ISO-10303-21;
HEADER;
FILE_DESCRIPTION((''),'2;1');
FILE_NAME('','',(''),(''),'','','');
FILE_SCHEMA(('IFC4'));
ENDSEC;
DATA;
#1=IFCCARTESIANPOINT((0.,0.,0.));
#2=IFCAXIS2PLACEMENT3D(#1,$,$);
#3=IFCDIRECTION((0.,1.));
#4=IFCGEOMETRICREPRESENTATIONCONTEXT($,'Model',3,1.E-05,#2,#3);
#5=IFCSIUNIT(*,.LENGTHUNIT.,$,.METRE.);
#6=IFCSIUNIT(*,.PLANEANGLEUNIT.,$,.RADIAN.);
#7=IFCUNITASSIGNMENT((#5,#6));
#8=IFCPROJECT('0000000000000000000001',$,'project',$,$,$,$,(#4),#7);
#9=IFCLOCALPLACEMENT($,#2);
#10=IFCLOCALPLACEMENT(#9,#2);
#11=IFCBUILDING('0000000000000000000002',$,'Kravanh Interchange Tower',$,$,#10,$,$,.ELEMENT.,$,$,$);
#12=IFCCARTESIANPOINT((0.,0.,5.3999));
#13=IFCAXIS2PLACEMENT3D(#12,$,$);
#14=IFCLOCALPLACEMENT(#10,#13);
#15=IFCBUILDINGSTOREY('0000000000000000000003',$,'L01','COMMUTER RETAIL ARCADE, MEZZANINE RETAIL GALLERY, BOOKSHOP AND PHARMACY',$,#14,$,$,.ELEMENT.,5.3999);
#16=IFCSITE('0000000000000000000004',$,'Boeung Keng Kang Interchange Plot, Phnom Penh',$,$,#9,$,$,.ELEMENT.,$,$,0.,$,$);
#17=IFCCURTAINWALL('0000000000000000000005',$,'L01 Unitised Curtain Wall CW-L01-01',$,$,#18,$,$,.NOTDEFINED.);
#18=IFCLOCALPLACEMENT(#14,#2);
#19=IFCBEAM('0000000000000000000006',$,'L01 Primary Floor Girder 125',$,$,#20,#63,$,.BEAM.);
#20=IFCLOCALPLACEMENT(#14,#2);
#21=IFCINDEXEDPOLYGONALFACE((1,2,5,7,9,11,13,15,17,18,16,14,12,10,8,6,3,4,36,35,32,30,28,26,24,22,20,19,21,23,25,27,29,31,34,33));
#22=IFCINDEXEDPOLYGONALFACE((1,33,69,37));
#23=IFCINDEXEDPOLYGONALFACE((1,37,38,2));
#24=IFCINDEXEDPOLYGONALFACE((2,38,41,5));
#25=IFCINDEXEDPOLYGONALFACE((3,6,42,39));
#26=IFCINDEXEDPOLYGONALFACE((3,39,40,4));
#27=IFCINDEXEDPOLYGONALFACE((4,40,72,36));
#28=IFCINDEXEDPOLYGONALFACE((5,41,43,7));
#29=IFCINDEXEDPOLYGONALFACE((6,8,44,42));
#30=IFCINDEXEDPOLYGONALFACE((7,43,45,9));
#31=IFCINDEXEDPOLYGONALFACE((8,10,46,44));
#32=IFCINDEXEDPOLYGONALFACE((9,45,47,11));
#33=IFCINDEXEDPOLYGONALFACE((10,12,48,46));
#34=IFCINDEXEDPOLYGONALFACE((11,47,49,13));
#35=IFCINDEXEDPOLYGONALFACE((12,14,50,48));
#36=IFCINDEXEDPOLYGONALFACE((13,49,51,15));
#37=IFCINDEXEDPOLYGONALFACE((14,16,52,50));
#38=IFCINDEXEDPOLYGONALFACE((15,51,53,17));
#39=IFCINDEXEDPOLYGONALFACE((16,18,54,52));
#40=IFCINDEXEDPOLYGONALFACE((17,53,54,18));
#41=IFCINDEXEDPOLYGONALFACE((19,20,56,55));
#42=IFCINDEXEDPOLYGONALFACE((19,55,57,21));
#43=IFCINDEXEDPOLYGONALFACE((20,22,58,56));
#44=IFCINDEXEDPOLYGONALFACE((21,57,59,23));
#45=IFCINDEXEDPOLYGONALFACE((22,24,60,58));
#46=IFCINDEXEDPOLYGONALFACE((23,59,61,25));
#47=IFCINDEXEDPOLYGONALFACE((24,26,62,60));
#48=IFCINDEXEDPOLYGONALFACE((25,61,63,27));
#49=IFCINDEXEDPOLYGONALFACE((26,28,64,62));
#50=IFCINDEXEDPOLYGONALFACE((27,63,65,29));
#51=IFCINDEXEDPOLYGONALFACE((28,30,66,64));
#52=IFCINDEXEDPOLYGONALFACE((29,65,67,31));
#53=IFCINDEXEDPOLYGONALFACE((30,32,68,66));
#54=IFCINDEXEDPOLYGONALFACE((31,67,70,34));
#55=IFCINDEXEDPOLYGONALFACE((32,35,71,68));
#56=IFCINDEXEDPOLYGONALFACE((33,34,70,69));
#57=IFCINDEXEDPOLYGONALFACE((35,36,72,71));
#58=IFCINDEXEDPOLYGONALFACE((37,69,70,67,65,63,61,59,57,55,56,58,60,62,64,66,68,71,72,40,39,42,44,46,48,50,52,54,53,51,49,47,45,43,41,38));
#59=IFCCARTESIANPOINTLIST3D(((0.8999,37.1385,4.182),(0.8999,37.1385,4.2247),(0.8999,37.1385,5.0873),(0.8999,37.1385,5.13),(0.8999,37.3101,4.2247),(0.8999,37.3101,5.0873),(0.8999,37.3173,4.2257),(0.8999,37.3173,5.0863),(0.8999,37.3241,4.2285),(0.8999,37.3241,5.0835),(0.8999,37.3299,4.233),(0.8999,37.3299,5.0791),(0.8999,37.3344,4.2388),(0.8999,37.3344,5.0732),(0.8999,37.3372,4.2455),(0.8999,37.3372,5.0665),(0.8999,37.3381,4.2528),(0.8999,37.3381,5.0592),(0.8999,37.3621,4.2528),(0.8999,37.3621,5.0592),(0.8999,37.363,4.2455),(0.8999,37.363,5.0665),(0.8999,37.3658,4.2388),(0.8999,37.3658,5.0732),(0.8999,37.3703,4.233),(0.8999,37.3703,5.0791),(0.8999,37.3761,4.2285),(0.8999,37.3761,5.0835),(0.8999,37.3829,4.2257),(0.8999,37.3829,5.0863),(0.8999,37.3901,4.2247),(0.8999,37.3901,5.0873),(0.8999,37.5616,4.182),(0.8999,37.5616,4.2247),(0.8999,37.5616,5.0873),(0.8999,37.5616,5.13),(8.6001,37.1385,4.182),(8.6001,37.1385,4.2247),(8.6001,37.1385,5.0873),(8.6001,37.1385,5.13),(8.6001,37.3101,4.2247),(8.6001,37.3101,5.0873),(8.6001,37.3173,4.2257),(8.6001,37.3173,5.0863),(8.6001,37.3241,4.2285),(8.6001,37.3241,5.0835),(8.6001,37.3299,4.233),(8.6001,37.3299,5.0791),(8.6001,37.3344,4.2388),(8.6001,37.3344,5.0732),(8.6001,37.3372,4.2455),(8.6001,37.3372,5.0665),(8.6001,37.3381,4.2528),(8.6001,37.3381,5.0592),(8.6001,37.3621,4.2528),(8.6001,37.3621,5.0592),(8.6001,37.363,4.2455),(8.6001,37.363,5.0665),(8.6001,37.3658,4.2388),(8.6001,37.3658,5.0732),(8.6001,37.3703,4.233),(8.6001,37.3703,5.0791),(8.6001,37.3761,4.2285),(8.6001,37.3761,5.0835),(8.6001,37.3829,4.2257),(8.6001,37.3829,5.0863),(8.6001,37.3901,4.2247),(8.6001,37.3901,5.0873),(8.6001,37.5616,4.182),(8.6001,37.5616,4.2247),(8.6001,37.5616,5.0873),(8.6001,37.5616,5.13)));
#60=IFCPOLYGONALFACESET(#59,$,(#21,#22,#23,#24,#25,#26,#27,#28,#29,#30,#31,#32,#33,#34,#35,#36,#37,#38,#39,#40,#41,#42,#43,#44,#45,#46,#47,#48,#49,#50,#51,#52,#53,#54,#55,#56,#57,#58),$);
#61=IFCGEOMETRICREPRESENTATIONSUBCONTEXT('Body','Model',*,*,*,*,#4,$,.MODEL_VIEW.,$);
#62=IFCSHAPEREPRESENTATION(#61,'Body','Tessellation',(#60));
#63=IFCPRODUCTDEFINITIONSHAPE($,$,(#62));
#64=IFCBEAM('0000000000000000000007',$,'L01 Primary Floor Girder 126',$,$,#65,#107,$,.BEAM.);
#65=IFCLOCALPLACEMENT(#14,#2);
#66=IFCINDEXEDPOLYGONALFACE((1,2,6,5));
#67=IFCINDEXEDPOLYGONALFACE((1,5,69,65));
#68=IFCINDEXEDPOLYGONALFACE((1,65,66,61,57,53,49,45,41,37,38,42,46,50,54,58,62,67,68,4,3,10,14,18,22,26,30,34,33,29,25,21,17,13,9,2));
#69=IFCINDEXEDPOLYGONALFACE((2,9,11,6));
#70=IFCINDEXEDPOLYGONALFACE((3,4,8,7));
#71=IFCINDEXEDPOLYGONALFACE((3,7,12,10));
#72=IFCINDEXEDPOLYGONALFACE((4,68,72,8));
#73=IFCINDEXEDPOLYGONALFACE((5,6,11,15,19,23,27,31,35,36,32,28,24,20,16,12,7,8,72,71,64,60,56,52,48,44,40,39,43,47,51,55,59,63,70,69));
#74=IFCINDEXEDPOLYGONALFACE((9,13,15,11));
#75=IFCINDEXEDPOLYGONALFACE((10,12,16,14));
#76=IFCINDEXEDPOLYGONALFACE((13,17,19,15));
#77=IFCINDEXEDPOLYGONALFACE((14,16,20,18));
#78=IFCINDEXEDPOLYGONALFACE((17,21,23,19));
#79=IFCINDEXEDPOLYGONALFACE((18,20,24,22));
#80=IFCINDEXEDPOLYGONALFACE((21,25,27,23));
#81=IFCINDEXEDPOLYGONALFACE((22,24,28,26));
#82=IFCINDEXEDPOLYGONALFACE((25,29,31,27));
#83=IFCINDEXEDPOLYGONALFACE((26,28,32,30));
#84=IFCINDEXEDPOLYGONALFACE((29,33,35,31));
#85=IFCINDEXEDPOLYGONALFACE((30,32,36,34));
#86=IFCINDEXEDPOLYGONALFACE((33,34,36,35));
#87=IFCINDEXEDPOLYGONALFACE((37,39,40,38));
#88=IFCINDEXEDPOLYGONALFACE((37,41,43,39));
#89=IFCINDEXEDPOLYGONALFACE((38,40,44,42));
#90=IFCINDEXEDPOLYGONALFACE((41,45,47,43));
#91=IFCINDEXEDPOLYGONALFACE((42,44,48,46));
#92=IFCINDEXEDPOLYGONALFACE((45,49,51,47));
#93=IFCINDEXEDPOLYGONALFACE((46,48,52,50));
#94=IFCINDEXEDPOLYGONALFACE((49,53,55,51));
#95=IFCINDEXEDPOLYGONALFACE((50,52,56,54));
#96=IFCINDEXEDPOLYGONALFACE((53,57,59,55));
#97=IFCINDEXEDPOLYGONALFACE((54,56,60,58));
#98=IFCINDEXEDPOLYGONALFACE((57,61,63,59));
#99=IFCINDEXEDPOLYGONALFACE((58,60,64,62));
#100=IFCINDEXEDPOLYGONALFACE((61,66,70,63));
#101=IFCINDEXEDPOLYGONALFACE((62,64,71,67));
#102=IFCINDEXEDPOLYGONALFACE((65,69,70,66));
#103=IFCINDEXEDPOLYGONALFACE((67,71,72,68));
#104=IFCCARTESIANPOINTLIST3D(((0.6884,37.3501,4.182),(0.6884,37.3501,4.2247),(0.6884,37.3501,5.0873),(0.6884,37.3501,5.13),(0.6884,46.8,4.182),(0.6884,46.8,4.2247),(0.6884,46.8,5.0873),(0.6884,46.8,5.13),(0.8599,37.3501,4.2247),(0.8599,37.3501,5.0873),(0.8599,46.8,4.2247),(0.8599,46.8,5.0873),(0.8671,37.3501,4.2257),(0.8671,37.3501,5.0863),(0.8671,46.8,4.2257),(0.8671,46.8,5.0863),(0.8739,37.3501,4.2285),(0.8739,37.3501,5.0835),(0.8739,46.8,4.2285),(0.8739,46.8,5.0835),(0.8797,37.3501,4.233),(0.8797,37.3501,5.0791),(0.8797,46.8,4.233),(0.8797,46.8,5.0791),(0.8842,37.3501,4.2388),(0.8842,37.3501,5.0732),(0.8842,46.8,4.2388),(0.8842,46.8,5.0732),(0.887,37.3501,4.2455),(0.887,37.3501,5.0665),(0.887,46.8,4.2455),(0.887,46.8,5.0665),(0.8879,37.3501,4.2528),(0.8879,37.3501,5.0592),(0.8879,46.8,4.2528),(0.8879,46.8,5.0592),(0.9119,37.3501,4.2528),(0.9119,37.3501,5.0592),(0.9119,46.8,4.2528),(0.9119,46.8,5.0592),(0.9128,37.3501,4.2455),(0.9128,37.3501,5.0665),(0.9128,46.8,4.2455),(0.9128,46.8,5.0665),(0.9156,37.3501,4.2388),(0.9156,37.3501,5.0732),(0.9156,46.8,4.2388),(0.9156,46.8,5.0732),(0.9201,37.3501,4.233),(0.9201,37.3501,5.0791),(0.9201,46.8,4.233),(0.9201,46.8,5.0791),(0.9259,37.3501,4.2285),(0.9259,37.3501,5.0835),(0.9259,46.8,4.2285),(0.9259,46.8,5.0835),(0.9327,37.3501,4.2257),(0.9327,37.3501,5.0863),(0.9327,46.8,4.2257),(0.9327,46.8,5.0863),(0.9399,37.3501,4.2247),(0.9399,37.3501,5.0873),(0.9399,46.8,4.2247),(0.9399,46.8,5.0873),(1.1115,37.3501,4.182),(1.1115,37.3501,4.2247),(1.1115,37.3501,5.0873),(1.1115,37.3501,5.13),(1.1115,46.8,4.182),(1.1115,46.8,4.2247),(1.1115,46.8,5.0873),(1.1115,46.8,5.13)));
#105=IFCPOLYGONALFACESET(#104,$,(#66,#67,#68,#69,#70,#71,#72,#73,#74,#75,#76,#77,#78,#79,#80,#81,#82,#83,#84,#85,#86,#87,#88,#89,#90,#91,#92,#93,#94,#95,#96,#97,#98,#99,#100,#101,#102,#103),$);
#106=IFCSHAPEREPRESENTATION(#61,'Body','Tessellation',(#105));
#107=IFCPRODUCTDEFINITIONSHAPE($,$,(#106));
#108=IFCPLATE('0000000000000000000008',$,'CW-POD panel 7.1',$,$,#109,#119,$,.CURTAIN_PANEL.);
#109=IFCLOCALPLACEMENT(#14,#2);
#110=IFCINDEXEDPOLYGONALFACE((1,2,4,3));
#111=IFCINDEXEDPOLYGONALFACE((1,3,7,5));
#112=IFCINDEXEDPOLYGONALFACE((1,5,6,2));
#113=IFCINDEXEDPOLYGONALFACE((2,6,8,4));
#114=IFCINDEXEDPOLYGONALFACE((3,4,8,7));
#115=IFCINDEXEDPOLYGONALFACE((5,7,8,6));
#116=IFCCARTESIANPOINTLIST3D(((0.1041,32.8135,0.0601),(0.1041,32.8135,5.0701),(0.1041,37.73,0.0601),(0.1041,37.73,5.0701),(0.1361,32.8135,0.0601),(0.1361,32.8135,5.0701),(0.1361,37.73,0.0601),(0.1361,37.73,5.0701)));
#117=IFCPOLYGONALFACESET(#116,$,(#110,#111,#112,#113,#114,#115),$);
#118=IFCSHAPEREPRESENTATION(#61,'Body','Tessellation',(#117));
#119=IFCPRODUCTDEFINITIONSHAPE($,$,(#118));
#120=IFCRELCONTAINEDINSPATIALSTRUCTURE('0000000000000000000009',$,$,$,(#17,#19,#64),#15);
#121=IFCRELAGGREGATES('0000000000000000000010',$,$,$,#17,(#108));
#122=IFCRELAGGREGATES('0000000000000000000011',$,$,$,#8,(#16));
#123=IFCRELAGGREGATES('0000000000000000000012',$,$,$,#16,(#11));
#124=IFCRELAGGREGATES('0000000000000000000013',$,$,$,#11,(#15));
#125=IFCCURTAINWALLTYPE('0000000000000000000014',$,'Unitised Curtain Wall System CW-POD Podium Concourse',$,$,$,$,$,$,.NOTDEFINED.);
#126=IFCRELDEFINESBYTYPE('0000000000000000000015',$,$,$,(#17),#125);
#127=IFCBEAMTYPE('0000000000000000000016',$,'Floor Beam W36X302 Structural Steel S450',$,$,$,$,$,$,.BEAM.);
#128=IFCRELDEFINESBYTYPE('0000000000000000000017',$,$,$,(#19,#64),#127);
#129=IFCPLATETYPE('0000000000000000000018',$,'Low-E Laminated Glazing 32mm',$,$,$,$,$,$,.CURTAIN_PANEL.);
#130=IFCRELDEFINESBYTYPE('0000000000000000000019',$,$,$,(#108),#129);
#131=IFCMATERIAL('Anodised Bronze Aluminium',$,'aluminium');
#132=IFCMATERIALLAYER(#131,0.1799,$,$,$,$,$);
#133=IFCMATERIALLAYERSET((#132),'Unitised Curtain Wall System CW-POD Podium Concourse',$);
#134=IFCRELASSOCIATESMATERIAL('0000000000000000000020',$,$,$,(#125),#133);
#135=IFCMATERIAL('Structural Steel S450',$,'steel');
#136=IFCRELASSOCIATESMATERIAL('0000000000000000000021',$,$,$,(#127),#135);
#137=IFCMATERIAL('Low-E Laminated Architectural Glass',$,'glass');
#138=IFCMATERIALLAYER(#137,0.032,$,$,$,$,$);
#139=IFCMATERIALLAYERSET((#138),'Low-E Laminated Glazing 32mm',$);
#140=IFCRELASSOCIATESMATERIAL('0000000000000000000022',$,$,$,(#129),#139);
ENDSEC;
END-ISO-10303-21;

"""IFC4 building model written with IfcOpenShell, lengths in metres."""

from ifc_helpers import new_model, si_unit, direction, frame, origin, origin_2d, place, context, subcontext, project, spatial, rectangle, i_section, extrude, material, layer, layer_set, material_profile, profile_set, type_object, element, aggregate, save


model = new_model("IFC4")

# Units and contexts
model_context = context("Model", 3, precision=1e-05, world=origin(), true_north=direction((0.0, 1.0)))
body_context = subcontext(model_context, "Body", "Model", "MODEL_VIEW")
ifc_project = project(units=[si_unit("LENGTHUNIT", "METRE"), si_unit("PLANEANGLEUNIT", "RADIAN")], contexts=[model_context])

# Site, building, storey
site_placement = place(None, origin())
site = spatial("IfcSite", under=ifc_project, at=site_placement, Name="Boeung Keng Kang Interchange Plot, Phnom Penh", CompositionType="ELEMENT", RefElevation=0.0)
building_placement = place(site_placement, origin())
building = spatial("IfcBuilding", under=site, at=building_placement, Name="Kravanh Interchange Tower", CompositionType="ELEMENT")
storey_placement = place(building_placement, frame((0.0, 0.0, 5.3999)))
storey = spatial("IfcBuildingStorey", under=building, at=storey_placement, Name="L01", Description="COMMUTER RETAIL ARCADE, MEZZANINE RETAIL GALLERY, BOOKSHOP AND PHARMACY", CompositionType="ELEMENT", Elevation=5.3999)

# Curtain wall
ifc_material_1 = material(Name="Anodised Bronze Aluminium", Category="aluminium")
ifc_layer_1 = layer(ifc_material_1, 0.1799)
ifc_layer_set_1 = layer_set([ifc_layer_1], Name="Unitised Curtain Wall System CW-POD Podium Concourse")
curtain_wall_type = type_object("IfcCurtainWallType", Name="Unitised Curtain Wall System CW-POD Podium Concourse", PredefinedType="NOTDEFINED", material=ifc_layer_set_1)
curtain_wall_placement = place(storey_placement, origin())
curtain_wall = element("IfcCurtainWall", 1, at=curtain_wall_placement, inside=storey, type_object=curtain_wall_type, Name="L01 Unitised Curtain Wall CW-L01-01", PredefinedType="NOTDEFINED")

# Beams
ifc_material_2 = material(Name="Structural Steel S450", Category="steel")
ifc_material_profile_1 = material_profile(ifc_material_2, i_section(OverallWidth=0.4231, OverallDepth=0.948, WebThickness=0.0239, FlangeThickness=0.0427, FilletRadius=0.0281, at=origin_2d()), Name="W36X302")
ifc_profile_set_1 = profile_set([ifc_material_profile_1], Name="Structural Steel S450")
beam_type = type_object("IfcBeamType", Name="Floor Beam W36X302 Structural Steel S450", PredefinedType="BEAM", material=ifc_profile_set_1)
beam_1_placement = place(storey_placement, frame((0.8999, 37.3501, 4.656), z_axis=(1.0, 0.0, 0.0), x_axis=(0.0, 1.0, 0.0)))
element("IfcBeam", 2, at=beam_1_placement, inside=storey, type_object=beam_type, Name="L01 Primary Floor Girder 125", PredefinedType="BEAM", context=body_context, shape_type="SweptSolid", body=[
    extrude(i_section(OverallWidth=0.4231, OverallDepth=0.948, WebThickness=0.0239, FlangeThickness=0.0427, FilletRadius=0.0281, at=origin_2d()), origin(), (0.0, 0.0, 1.0), 7.7002),
])
beam_2_placement = place(storey_placement, frame((0.8999, 37.3501, 4.656), z_axis=(0.0, 1.0, 0.0), x_axis=(-1.0, 0.0, 0.0)))
element("IfcBeam", 3, at=beam_2_placement, inside=storey, type_object=beam_type, Name="L01 Primary Floor Girder 126", PredefinedType="BEAM", context=body_context, shape_type="SweptSolid", body=[
    extrude(i_section(OverallWidth=0.4231, OverallDepth=0.948, WebThickness=0.0239, FlangeThickness=0.0427, FilletRadius=0.0281, at=origin_2d()), origin(), (0.0, 0.0, 1.0), 9.45),
])

# Plate
ifc_material_3 = material(Name="Low-E Laminated Architectural Glass", Category="glass")
ifc_layer_2 = layer(ifc_material_3, 0.032)
ifc_layer_set_2 = layer_set([ifc_layer_2], Name="Low-E Laminated Glazing 32mm")
plate_type = type_object("IfcPlateType", Name="Low-E Laminated Glazing 32mm", PredefinedType="CURTAIN_PANEL", material=ifc_layer_set_2)
plate_placement = place(storey_placement, frame((0.1201, 35.2717, 0.0601), z_axis=(0.0, 0.0, 1.0), x_axis=(0.0, 1.0, 0.0)))
plate = element("IfcPlate", 4, at=plate_placement, type_object=plate_type, Name="CW-POD panel 7.1", PredefinedType="CURTAIN_PANEL", context=body_context, shape_type="SweptSolid", body=[
    extrude(rectangle(XDim=4.9165, YDim=0.032, at=origin_2d()), origin(), (0.0, 0.0, 1.0), 5.01),
])
aggregate(curtain_wall, [plate])

save(model, "model.ifc")
